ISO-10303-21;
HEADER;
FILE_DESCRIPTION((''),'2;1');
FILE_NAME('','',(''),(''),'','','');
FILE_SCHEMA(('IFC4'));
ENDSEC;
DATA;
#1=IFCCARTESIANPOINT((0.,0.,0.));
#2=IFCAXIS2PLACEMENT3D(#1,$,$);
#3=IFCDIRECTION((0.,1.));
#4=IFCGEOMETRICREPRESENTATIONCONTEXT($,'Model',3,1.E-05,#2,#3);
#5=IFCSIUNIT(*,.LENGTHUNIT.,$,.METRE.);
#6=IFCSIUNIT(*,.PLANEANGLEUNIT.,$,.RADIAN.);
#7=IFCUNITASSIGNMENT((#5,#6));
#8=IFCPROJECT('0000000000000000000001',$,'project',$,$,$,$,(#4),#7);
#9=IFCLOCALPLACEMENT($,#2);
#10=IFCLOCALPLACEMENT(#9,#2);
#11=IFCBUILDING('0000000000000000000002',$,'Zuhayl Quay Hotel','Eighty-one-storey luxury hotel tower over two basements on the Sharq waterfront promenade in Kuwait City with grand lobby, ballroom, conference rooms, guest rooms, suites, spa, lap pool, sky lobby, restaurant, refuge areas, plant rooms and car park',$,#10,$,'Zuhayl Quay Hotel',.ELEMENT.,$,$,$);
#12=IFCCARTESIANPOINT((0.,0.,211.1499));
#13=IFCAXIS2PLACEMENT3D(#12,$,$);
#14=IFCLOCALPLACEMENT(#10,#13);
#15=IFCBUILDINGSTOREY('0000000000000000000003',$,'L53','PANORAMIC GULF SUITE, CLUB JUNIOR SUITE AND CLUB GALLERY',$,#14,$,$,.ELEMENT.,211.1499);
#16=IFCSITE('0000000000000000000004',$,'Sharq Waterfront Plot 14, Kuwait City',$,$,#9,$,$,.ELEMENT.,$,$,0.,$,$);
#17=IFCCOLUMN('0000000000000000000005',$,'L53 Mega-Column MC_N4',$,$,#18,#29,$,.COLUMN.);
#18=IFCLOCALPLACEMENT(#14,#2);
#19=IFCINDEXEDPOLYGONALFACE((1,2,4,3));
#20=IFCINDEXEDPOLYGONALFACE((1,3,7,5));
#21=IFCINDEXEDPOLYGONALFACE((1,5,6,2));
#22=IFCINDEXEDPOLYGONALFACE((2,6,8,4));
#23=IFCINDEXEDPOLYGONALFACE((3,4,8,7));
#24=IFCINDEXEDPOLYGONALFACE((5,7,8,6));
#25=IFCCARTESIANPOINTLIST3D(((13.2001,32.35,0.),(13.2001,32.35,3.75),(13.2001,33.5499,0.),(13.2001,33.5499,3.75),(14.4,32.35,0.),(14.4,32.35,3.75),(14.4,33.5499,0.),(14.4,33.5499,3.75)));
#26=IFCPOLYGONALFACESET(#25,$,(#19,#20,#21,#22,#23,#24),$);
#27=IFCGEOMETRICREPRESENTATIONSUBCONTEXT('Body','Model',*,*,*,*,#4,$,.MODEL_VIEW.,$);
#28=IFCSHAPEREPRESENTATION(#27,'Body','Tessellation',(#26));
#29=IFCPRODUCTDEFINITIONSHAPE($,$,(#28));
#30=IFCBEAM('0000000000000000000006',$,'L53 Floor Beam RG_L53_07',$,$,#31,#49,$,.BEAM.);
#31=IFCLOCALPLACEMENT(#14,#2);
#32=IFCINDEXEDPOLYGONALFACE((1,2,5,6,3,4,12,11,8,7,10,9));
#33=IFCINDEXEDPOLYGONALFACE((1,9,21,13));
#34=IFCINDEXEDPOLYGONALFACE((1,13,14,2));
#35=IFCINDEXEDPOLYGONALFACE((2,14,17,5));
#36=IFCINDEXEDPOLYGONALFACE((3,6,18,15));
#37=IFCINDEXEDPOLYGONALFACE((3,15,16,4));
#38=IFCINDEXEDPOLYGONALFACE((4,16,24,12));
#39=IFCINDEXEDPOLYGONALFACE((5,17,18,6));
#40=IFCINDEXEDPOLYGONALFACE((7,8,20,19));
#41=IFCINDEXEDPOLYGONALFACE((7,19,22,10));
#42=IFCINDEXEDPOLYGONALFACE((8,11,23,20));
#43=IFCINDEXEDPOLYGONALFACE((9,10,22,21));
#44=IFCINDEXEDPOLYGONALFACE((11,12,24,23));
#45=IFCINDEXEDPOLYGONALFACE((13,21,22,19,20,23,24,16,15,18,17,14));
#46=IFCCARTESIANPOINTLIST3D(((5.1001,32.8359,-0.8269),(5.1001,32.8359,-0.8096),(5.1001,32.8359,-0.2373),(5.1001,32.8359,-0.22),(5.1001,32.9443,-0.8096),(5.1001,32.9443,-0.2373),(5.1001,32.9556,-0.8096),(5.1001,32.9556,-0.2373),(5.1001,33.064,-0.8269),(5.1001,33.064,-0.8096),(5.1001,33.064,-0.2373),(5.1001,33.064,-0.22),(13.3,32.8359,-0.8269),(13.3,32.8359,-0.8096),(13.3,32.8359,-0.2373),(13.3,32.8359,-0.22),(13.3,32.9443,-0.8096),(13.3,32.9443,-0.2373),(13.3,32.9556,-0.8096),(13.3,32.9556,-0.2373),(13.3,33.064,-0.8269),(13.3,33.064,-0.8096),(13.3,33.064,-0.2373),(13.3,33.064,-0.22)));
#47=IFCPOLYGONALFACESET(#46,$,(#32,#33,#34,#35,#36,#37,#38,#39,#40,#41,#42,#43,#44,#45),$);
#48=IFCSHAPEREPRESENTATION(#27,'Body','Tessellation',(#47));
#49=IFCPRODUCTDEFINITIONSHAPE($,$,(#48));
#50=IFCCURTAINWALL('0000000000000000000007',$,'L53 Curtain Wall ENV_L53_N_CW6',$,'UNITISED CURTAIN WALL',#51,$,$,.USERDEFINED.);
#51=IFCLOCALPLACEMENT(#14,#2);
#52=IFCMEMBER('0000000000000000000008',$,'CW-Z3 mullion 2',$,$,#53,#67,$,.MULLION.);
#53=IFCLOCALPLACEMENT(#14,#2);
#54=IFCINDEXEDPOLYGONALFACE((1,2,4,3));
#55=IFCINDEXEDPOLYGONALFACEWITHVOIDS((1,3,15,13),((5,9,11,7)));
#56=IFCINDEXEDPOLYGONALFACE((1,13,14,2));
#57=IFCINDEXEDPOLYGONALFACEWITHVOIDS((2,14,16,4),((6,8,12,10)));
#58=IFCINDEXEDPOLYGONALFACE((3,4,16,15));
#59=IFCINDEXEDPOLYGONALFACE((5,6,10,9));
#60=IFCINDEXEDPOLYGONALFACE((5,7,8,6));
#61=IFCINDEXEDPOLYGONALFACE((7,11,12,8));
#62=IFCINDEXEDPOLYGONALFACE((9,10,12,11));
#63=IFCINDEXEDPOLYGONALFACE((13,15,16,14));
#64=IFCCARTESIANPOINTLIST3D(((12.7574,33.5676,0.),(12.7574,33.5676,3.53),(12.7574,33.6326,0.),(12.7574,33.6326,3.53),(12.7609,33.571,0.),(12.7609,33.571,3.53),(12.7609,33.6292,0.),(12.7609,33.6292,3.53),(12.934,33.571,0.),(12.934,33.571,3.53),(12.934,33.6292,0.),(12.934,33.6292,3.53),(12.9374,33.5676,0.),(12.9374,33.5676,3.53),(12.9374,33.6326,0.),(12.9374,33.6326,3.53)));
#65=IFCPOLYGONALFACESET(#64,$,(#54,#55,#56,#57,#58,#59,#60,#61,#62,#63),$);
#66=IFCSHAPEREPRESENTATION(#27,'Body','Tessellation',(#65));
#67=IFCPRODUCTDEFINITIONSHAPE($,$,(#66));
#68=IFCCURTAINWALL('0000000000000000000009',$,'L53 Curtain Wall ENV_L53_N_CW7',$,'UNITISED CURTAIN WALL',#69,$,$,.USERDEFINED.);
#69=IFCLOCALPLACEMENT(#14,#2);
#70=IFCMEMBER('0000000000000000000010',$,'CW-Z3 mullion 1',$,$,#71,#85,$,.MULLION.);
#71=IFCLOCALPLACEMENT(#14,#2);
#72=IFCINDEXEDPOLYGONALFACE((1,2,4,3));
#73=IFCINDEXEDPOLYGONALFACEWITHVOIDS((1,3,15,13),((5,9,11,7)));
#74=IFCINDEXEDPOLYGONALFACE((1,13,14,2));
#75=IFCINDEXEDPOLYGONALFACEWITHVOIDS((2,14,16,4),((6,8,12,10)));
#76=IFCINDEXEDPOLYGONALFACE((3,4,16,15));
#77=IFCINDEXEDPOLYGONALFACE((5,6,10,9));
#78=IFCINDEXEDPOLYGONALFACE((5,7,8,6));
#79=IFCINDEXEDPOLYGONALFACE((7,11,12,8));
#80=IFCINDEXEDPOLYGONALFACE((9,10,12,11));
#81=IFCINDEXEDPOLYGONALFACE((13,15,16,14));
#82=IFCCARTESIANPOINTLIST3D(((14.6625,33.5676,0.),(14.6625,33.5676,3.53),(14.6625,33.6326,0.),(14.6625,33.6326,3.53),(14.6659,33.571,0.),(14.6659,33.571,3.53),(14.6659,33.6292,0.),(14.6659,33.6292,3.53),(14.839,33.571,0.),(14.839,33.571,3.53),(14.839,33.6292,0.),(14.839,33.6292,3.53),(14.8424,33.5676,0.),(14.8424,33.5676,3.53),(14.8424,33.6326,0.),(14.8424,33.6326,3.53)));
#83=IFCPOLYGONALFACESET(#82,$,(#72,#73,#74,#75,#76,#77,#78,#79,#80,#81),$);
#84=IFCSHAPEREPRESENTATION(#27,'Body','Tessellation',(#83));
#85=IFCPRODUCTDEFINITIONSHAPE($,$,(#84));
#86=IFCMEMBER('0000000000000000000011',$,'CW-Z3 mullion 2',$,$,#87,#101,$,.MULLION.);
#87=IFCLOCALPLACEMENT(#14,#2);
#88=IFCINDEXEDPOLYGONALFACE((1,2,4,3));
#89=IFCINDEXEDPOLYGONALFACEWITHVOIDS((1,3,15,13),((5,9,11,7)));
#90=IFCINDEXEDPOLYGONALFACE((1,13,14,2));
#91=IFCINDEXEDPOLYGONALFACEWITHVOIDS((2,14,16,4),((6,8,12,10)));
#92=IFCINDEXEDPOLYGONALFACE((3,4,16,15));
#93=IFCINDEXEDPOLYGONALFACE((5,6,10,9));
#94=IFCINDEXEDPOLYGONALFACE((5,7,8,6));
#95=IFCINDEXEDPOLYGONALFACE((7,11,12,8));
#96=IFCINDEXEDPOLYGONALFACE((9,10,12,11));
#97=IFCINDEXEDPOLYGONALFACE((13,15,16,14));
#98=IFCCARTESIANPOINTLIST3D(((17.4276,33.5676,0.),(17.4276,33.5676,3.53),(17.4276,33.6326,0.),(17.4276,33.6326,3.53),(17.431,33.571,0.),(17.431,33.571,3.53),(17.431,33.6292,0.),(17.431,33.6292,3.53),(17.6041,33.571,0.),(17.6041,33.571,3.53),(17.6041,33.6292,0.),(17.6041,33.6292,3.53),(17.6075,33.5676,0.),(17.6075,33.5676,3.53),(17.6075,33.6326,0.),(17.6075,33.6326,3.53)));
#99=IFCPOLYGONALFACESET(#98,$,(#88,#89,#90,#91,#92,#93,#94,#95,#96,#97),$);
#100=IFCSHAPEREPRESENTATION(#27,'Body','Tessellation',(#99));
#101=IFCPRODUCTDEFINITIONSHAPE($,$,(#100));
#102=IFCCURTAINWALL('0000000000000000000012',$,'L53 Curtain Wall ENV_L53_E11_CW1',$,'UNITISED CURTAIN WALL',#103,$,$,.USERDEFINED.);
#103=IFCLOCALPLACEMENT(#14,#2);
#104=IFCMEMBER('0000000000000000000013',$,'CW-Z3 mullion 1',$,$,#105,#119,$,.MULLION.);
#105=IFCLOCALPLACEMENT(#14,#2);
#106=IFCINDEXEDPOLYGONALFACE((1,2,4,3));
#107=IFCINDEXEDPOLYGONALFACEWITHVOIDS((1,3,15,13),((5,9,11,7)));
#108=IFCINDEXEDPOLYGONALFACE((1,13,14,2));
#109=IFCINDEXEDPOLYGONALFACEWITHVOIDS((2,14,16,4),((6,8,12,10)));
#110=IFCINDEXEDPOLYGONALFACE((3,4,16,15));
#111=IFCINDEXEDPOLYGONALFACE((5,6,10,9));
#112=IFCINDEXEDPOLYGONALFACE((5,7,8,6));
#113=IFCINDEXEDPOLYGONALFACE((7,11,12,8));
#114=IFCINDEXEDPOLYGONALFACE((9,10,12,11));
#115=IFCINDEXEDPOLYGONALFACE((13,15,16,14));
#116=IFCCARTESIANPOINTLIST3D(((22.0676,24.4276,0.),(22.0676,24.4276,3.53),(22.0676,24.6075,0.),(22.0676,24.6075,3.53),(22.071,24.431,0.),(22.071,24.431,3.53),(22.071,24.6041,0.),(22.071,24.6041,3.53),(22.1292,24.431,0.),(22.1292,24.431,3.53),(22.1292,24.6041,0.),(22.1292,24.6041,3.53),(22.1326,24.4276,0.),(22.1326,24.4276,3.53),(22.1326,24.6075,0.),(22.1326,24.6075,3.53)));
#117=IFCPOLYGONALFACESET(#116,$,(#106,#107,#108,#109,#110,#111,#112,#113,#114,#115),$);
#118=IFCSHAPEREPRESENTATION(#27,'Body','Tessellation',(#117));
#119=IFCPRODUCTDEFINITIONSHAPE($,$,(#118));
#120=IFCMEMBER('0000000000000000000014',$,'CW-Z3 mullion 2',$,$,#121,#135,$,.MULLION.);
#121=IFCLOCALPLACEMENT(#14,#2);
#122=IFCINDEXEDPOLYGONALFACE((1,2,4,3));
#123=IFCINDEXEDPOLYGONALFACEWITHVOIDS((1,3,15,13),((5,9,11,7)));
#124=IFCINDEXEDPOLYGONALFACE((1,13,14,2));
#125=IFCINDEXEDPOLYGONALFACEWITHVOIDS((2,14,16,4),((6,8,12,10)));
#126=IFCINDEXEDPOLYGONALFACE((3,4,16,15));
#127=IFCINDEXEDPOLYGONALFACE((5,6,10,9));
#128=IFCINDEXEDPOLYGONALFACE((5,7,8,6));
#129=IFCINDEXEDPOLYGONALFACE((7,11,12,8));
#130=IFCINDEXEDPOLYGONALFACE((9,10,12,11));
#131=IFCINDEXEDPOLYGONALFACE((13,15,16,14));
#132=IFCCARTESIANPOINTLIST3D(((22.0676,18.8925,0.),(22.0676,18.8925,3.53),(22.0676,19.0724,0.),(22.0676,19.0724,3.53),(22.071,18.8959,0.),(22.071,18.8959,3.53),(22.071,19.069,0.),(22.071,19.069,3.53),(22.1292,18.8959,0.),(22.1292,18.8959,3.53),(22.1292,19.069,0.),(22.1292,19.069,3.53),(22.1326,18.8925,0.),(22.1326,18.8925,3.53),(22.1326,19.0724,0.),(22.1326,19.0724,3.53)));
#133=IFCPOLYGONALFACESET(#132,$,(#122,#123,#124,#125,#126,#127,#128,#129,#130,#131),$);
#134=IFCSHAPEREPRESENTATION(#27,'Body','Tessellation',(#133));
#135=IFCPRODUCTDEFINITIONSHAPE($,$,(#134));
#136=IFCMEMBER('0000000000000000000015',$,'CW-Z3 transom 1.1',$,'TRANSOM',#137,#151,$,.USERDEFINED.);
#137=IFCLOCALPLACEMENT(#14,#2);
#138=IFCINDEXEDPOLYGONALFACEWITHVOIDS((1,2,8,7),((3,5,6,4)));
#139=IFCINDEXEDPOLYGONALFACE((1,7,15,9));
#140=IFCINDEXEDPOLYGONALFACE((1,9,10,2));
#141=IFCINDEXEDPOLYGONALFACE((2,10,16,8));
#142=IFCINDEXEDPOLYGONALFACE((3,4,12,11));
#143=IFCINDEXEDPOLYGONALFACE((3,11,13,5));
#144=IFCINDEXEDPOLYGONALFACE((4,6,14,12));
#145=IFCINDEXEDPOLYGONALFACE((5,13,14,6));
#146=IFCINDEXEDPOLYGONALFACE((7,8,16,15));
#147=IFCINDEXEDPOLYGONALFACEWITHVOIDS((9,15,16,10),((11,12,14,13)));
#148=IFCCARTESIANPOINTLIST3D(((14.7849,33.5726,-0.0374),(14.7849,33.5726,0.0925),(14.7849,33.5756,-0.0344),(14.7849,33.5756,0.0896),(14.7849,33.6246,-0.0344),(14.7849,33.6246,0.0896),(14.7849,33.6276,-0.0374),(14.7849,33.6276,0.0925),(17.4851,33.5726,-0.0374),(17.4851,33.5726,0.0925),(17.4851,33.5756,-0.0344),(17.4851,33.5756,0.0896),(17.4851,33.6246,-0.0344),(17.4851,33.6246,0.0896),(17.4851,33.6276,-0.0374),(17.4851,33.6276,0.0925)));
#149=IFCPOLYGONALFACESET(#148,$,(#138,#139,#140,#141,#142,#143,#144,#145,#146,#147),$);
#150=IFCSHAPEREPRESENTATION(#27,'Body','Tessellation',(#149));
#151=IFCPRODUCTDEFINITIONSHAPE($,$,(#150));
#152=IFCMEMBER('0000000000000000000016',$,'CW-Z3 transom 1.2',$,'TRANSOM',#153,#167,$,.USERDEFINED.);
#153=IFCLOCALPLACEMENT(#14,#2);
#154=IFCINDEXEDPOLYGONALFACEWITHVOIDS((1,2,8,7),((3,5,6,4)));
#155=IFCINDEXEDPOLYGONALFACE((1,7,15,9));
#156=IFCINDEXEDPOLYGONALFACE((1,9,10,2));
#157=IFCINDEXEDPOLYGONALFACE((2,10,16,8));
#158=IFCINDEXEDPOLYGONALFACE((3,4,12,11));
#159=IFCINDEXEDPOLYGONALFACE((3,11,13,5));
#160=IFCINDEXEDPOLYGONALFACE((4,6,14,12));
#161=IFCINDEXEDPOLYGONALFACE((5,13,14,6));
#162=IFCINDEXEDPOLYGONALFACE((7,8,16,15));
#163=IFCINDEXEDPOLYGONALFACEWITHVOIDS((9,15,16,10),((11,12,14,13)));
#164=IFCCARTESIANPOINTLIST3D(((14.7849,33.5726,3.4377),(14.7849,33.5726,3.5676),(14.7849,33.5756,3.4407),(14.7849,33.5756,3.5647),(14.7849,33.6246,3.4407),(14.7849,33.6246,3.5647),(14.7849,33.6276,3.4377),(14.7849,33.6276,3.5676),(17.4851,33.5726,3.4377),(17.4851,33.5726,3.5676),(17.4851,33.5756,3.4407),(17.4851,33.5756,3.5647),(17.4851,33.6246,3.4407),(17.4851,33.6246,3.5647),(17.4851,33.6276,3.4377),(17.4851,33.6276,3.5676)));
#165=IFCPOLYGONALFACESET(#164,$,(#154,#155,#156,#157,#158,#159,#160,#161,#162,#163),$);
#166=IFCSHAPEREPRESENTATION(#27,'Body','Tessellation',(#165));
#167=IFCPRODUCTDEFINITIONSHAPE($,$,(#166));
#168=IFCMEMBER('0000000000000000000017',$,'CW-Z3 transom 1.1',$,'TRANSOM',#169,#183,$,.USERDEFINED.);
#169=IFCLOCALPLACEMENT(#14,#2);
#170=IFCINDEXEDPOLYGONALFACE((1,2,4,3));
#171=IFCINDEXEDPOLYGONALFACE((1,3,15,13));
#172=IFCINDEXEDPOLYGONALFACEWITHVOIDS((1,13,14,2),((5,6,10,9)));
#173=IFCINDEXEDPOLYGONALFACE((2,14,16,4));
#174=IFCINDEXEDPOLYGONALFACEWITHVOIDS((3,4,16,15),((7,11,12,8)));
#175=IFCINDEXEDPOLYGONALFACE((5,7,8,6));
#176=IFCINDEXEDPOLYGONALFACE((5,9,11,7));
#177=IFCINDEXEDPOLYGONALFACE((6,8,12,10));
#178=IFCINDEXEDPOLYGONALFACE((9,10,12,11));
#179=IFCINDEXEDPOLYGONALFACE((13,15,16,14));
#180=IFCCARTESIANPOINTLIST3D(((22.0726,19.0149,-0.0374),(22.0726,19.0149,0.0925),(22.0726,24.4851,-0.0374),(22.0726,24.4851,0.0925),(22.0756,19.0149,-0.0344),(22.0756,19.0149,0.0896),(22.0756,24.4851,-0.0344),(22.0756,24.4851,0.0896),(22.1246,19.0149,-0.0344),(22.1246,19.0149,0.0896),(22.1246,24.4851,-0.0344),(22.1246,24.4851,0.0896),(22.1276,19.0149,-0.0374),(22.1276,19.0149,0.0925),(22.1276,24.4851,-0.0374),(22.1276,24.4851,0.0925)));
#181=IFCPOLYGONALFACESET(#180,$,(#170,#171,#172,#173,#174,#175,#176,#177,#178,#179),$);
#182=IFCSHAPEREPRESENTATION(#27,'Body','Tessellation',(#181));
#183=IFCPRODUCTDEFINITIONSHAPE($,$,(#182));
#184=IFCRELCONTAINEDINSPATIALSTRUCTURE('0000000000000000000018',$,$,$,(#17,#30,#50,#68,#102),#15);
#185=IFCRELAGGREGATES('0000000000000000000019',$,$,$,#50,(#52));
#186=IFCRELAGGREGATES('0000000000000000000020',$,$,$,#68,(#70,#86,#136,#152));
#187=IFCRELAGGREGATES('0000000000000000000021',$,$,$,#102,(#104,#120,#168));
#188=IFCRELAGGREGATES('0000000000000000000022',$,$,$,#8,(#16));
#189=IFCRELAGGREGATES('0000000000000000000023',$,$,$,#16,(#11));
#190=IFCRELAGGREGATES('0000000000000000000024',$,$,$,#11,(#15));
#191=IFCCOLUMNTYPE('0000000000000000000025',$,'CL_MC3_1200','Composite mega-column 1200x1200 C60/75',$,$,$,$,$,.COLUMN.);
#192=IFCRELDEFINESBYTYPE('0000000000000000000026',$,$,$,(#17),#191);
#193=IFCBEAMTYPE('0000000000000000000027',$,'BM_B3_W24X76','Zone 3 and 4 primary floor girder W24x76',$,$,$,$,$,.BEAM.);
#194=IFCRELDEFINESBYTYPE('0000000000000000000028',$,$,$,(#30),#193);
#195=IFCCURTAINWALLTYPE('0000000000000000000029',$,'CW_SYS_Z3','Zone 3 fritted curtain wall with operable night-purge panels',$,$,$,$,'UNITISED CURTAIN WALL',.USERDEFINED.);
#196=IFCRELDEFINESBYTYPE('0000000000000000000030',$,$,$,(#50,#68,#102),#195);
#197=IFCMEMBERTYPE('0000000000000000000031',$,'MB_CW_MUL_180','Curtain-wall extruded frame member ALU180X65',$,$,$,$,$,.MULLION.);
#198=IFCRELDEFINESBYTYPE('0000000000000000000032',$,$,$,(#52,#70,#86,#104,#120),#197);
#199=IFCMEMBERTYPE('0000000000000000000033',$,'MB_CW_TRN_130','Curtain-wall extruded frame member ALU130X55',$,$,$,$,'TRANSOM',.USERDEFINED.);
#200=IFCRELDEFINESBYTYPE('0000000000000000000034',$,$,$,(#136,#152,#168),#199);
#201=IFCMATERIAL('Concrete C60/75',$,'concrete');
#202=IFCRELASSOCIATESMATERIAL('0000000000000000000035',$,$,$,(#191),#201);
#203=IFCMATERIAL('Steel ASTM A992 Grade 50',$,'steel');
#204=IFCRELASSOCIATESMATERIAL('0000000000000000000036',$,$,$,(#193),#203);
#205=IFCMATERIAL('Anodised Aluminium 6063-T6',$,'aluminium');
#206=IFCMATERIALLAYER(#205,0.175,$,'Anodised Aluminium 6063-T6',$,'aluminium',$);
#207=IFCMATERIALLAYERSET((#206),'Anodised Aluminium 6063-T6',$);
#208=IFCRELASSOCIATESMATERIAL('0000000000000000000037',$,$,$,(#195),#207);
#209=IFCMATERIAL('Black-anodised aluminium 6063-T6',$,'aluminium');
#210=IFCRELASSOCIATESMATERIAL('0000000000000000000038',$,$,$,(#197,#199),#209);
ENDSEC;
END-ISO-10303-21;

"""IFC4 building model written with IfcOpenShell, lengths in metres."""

from ifc_helpers import new_model, si_unit, direction, frame, origin, origin_2d, place, context, subcontext, project, spatial, rectangle, hollow_rectangle, i_section, extrude, material, layer, layer_set, material_profile, profile_set, type_object, element, aggregate, save


model = new_model("IFC4")

# Units and contexts
model_context = context("Model", 3, precision=1e-05, world=origin(), true_north=direction((0.0, 1.0)))
body_context = subcontext(model_context, "Body", "Model", "MODEL_VIEW")
ifc_project = project(units=[si_unit("LENGTHUNIT", "METRE"), si_unit("PLANEANGLEUNIT", "RADIAN")], contexts=[model_context])

# Site, building, storey
site_placement = place(None, origin())
site = spatial("IfcSite", under=ifc_project, at=site_placement, Name="Sharq Waterfront Plot 14, Kuwait City", CompositionType="ELEMENT", RefElevation=0.0)
building_placement = place(site_placement, origin())
building = spatial("IfcBuilding", under=site, at=building_placement, Name="Zuhayl Quay Hotel", Description="Eighty-one-storey luxury hotel tower over two basements on the Sharq waterfront promenade in Kuwait City with grand lobby, ballroom, conference rooms, guest rooms, suites, spa, lap pool, sky lobby, restaurant, refuge areas, plant rooms and car park", LongName="Zuhayl Quay Hotel", CompositionType="ELEMENT")
storey_placement = place(building_placement, frame((0.0, 0.0, 211.1499)))
storey = spatial("IfcBuildingStorey", under=building, at=storey_placement, Name="L53", Description="PANORAMIC GULF SUITE, CLUB JUNIOR SUITE AND CLUB GALLERY", CompositionType="ELEMENT", Elevation=211.1499)

# Column
ifc_material_1 = material(Name="Concrete C60/75", Category="concrete")
ifc_material_profile_1 = material_profile(ifc_material_1, rectangle(XDim=1.2, YDim=1.2, at=origin_2d()), Name="RC1200X1200")
ifc_profile_set_1 = profile_set([ifc_material_profile_1], Name="Concrete C60/75")
column_type = type_object("IfcColumnType", Name="CL_MC3_1200", Description="Composite mega-column 1200x1200 C60/75", PredefinedType="COLUMN", material=ifc_profile_set_1)
column_placement = place(storey_placement, frame((13.8, 32.95, 0.0), z_axis=(0.0, 0.0, 1.0), x_axis=(1.0, 0.0, 0.0)))
element("IfcColumn", 1, at=column_placement, inside=storey, type_object=column_type, Name="L53 Mega-Column MC_N4", PredefinedType="COLUMN", context=body_context, shape_type="SweptSolid", body=[
    extrude(rectangle(XDim=1.2, YDim=1.2, at=origin_2d()), origin(), (0.0, 0.0, 1.0), 3.75),
])

# Beam
ifc_material_2 = material(Name="Steel ASTM A992 Grade 50", Category="steel")
ifc_material_profile_2 = material_profile(ifc_material_2, i_section(OverallWidth=0.228, OverallDepth=0.6069, WebThickness=0.0112, FlangeThickness=0.0173, at=origin_2d()), Name="W24X76")
ifc_profile_set_2 = profile_set([ifc_material_profile_2], Name="Steel ASTM A992 Grade 50")
beam_type = type_object("IfcBeamType", Name="BM_B3_W24X76", Description="Zone 3 and 4 primary floor girder W24x76", PredefinedType="BEAM", material=ifc_profile_set_2)
beam_placement = place(storey_placement, frame((13.3, 32.95, -0.5234), z_axis=(-1.0, 0.0, 0.0), x_axis=(0.0, -1.0, 0.0)))
element("IfcBeam", 2, at=beam_placement, inside=storey, type_object=beam_type, Name="L53 Floor Beam RG_L53_07", PredefinedType="BEAM", context=body_context, shape_type="SweptSolid", body=[
    extrude(i_section(OverallWidth=0.228, OverallDepth=0.6069, WebThickness=0.0112, FlangeThickness=0.0173, at=origin_2d()), origin(), (0.0, 0.0, 1.0), 8.2),
])

# Curtain wall, member
ifc_material_3 = material(Name="Anodised Aluminium 6063-T6", Category="aluminium")
ifc_layer_1 = layer(ifc_material_3, 0.175, Name="Anodised Aluminium 6063-T6", Category="aluminium")
ifc_layer_set_1 = layer_set([ifc_layer_1], Name="Anodised Aluminium 6063-T6")
curtain_wall_type = type_object("IfcCurtainWallType", Name="CW_SYS_Z3", Description="Zone 3 fritted curtain wall with operable night-purge panels", ElementType="UNITISED CURTAIN WALL", PredefinedType="USERDEFINED", material=ifc_layer_set_1)
curtain_wall_1_placement = place(storey_placement, origin())
curtain_wall_1 = element("IfcCurtainWall", 3, at=curtain_wall_1_placement, inside=storey, type_object=curtain_wall_type, Name="L53 Curtain Wall ENV_L53_N_CW6", ObjectType="UNITISED CURTAIN WALL", PredefinedType="USERDEFINED")
ifc_material_4 = material(Name="Black-anodised aluminium 6063-T6", Category="aluminium")
ifc_material_profile_3 = material_profile(ifc_material_4, hollow_rectangle(XDim=0.0649, YDim=0.1799, WallThickness=0.0034, at=origin_2d()), Name="ALU180X65")
ifc_profile_set_3 = profile_set([ifc_material_profile_3], Name="Black-anodised aluminium 6063-T6")
member_type_1 = type_object("IfcMemberType", Name="MB_CW_MUL_180", Description="Curtain-wall extruded frame member ALU180X65", PredefinedType="MULLION", material=ifc_profile_set_3)
member_1_placement = place(storey_placement, frame((12.8474, 33.6001, 0.0), z_axis=(0.0, 0.0, 1.0), x_axis=(0.0, 1.0, 0.0)))
member_1 = element("IfcMember", 4, at=member_1_placement, type_object=member_type_1, Name="CW-Z3 mullion 2", PredefinedType="MULLION", context=body_context, shape_type="SweptSolid", body=[
    extrude(hollow_rectangle(XDim=0.0649, YDim=0.1799, WallThickness=0.0034, at=origin_2d()), origin(), (0.0, 0.0, 1.0), 3.53),
])

# Curtain walls, members
curtain_wall_2_placement = place(storey_placement, origin())
curtain_wall_2 = element("IfcCurtainWall", 5, at=curtain_wall_2_placement, inside=storey, type_object=curtain_wall_type, Name="L53 Curtain Wall ENV_L53_N_CW7", ObjectType="UNITISED CURTAIN WALL", PredefinedType="USERDEFINED")
member_2_placement = place(storey_placement, frame((14.7524, 33.6001, 0.0), z_axis=(0.0, 0.0, 1.0), x_axis=(0.0, 1.0, 0.0)))
member_2 = element("IfcMember", 6, at=member_2_placement, type_object=member_type_1, Name="CW-Z3 mullion 1", PredefinedType="MULLION", context=body_context, shape_type="SweptSolid", body=[
    extrude(hollow_rectangle(XDim=0.0649, YDim=0.1799, WallThickness=0.0034, at=origin_2d()), origin(), (0.0, 0.0, 1.0), 3.53),
])
member_3_placement = place(storey_placement, frame((17.5176, 33.6001, 0.0), z_axis=(0.0, 0.0, 1.0), x_axis=(0.0, 1.0, 0.0)))
member_3 = element("IfcMember", 7, at=member_3_placement, type_object=member_type_1, Name="CW-Z3 mullion 2", PredefinedType="MULLION", context=body_context, shape_type="SweptSolid", body=[
    extrude(hollow_rectangle(XDim=0.0649, YDim=0.1799, WallThickness=0.0034, at=origin_2d()), origin(), (0.0, 0.0, 1.0), 3.53),
])
curtain_wall_3_placement = place(storey_placement, origin())
curtain_wall_3 = element("IfcCurtainWall", 8, at=curtain_wall_3_placement, inside=storey, type_object=curtain_wall_type, Name="L53 Curtain Wall ENV_L53_E11_CW1", ObjectType="UNITISED CURTAIN WALL", PredefinedType="USERDEFINED")
member_4_placement = place(storey_placement, frame((22.1001, 24.5176, 0.0), z_axis=(0.0, 0.0, 1.0), x_axis=(1.0, 0.0, 0.0)))
member_4 = element("IfcMember", 9, at=member_4_placement, type_object=member_type_1, Name="CW-Z3 mullion 1", PredefinedType="MULLION", context=body_context, shape_type="SweptSolid", body=[
    extrude(hollow_rectangle(XDim=0.0649, YDim=0.1799, WallThickness=0.0034, at=origin_2d()), origin(), (0.0, 0.0, 1.0), 3.53),
])
member_5_placement = place(storey_placement, frame((22.1001, 18.9824, 0.0), z_axis=(0.0, 0.0, 1.0), x_axis=(1.0, 0.0, 0.0)))
member_5 = element("IfcMember", 10, at=member_5_placement, type_object=member_type_1, Name="CW-Z3 mullion 2", PredefinedType="MULLION", context=body_context, shape_type="SweptSolid", body=[
    extrude(hollow_rectangle(XDim=0.0649, YDim=0.1799, WallThickness=0.0034, at=origin_2d()), origin(), (0.0, 0.0, 1.0), 3.53),
])

# Members
ifc_material_profile_4 = material_profile(ifc_material_4, hollow_rectangle(XDim=0.0549, YDim=0.1299, WallThickness=0.0029, at=origin_2d()), Name="ALU130X55")
ifc_profile_set_4 = profile_set([ifc_material_profile_4], Name="Black-anodised aluminium 6063-T6")
member_type_2 = type_object("IfcMemberType", Name="MB_CW_TRN_130", Description="Curtain-wall extruded frame member ALU130X55", ElementType="TRANSOM", PredefinedType="USERDEFINED", material=ifc_profile_set_4)
member_6_placement = place(storey_placement, frame((14.7849, 33.6001, 0.0276), z_axis=(1.0, 0.0, 0.0), x_axis=(0.0, 1.0, 0.0)))
member_6 = element("IfcMember", 11, at=member_6_placement, type_object=member_type_2, Name="CW-Z3 transom 1.1", ObjectType="TRANSOM", PredefinedType="USERDEFINED", context=body_context, shape_type="SweptSolid", body=[
    extrude(hollow_rectangle(XDim=0.0549, YDim=0.1299, WallThickness=0.0029, at=origin_2d()), origin(), (0.0, 0.0, 1.0), 2.7002),
])
member_7_placement = place(storey_placement, frame((14.7849, 33.6001, 3.5027), z_axis=(1.0, 0.0, 0.0), x_axis=(0.0, 1.0, 0.0)))
member_7 = element("IfcMember", 12, at=member_7_placement, type_object=member_type_2, Name="CW-Z3 transom 1.2", ObjectType="TRANSOM", PredefinedType="USERDEFINED", context=body_context, shape_type="SweptSolid", body=[
    extrude(hollow_rectangle(XDim=0.0549, YDim=0.1299, WallThickness=0.0029, at=origin_2d()), origin(), (0.0, 0.0, 1.0), 2.7002),
])
member_8_placement = place(storey_placement, frame((22.1001, 24.4851, 0.0276), z_axis=(0.0, -1.0, 0.0), x_axis=(1.0, 0.0, 0.0)))
member_8 = element("IfcMember", 13, at=member_8_placement, type_object=member_type_2, Name="CW-Z3 transom 1.1", ObjectType="TRANSOM", PredefinedType="USERDEFINED", context=body_context, shape_type="SweptSolid", body=[
    extrude(hollow_rectangle(XDim=0.0549, YDim=0.1299, WallThickness=0.0029, at=origin_2d()), origin(), (0.0, 0.0, 1.0), 5.4702),
])

aggregate(curtain_wall_1, [member_1])
aggregate(curtain_wall_2, [member_2, member_3, member_6, member_7])
aggregate(curtain_wall_3, [member_4, member_5, member_8])

save(model, "model.ifc")
